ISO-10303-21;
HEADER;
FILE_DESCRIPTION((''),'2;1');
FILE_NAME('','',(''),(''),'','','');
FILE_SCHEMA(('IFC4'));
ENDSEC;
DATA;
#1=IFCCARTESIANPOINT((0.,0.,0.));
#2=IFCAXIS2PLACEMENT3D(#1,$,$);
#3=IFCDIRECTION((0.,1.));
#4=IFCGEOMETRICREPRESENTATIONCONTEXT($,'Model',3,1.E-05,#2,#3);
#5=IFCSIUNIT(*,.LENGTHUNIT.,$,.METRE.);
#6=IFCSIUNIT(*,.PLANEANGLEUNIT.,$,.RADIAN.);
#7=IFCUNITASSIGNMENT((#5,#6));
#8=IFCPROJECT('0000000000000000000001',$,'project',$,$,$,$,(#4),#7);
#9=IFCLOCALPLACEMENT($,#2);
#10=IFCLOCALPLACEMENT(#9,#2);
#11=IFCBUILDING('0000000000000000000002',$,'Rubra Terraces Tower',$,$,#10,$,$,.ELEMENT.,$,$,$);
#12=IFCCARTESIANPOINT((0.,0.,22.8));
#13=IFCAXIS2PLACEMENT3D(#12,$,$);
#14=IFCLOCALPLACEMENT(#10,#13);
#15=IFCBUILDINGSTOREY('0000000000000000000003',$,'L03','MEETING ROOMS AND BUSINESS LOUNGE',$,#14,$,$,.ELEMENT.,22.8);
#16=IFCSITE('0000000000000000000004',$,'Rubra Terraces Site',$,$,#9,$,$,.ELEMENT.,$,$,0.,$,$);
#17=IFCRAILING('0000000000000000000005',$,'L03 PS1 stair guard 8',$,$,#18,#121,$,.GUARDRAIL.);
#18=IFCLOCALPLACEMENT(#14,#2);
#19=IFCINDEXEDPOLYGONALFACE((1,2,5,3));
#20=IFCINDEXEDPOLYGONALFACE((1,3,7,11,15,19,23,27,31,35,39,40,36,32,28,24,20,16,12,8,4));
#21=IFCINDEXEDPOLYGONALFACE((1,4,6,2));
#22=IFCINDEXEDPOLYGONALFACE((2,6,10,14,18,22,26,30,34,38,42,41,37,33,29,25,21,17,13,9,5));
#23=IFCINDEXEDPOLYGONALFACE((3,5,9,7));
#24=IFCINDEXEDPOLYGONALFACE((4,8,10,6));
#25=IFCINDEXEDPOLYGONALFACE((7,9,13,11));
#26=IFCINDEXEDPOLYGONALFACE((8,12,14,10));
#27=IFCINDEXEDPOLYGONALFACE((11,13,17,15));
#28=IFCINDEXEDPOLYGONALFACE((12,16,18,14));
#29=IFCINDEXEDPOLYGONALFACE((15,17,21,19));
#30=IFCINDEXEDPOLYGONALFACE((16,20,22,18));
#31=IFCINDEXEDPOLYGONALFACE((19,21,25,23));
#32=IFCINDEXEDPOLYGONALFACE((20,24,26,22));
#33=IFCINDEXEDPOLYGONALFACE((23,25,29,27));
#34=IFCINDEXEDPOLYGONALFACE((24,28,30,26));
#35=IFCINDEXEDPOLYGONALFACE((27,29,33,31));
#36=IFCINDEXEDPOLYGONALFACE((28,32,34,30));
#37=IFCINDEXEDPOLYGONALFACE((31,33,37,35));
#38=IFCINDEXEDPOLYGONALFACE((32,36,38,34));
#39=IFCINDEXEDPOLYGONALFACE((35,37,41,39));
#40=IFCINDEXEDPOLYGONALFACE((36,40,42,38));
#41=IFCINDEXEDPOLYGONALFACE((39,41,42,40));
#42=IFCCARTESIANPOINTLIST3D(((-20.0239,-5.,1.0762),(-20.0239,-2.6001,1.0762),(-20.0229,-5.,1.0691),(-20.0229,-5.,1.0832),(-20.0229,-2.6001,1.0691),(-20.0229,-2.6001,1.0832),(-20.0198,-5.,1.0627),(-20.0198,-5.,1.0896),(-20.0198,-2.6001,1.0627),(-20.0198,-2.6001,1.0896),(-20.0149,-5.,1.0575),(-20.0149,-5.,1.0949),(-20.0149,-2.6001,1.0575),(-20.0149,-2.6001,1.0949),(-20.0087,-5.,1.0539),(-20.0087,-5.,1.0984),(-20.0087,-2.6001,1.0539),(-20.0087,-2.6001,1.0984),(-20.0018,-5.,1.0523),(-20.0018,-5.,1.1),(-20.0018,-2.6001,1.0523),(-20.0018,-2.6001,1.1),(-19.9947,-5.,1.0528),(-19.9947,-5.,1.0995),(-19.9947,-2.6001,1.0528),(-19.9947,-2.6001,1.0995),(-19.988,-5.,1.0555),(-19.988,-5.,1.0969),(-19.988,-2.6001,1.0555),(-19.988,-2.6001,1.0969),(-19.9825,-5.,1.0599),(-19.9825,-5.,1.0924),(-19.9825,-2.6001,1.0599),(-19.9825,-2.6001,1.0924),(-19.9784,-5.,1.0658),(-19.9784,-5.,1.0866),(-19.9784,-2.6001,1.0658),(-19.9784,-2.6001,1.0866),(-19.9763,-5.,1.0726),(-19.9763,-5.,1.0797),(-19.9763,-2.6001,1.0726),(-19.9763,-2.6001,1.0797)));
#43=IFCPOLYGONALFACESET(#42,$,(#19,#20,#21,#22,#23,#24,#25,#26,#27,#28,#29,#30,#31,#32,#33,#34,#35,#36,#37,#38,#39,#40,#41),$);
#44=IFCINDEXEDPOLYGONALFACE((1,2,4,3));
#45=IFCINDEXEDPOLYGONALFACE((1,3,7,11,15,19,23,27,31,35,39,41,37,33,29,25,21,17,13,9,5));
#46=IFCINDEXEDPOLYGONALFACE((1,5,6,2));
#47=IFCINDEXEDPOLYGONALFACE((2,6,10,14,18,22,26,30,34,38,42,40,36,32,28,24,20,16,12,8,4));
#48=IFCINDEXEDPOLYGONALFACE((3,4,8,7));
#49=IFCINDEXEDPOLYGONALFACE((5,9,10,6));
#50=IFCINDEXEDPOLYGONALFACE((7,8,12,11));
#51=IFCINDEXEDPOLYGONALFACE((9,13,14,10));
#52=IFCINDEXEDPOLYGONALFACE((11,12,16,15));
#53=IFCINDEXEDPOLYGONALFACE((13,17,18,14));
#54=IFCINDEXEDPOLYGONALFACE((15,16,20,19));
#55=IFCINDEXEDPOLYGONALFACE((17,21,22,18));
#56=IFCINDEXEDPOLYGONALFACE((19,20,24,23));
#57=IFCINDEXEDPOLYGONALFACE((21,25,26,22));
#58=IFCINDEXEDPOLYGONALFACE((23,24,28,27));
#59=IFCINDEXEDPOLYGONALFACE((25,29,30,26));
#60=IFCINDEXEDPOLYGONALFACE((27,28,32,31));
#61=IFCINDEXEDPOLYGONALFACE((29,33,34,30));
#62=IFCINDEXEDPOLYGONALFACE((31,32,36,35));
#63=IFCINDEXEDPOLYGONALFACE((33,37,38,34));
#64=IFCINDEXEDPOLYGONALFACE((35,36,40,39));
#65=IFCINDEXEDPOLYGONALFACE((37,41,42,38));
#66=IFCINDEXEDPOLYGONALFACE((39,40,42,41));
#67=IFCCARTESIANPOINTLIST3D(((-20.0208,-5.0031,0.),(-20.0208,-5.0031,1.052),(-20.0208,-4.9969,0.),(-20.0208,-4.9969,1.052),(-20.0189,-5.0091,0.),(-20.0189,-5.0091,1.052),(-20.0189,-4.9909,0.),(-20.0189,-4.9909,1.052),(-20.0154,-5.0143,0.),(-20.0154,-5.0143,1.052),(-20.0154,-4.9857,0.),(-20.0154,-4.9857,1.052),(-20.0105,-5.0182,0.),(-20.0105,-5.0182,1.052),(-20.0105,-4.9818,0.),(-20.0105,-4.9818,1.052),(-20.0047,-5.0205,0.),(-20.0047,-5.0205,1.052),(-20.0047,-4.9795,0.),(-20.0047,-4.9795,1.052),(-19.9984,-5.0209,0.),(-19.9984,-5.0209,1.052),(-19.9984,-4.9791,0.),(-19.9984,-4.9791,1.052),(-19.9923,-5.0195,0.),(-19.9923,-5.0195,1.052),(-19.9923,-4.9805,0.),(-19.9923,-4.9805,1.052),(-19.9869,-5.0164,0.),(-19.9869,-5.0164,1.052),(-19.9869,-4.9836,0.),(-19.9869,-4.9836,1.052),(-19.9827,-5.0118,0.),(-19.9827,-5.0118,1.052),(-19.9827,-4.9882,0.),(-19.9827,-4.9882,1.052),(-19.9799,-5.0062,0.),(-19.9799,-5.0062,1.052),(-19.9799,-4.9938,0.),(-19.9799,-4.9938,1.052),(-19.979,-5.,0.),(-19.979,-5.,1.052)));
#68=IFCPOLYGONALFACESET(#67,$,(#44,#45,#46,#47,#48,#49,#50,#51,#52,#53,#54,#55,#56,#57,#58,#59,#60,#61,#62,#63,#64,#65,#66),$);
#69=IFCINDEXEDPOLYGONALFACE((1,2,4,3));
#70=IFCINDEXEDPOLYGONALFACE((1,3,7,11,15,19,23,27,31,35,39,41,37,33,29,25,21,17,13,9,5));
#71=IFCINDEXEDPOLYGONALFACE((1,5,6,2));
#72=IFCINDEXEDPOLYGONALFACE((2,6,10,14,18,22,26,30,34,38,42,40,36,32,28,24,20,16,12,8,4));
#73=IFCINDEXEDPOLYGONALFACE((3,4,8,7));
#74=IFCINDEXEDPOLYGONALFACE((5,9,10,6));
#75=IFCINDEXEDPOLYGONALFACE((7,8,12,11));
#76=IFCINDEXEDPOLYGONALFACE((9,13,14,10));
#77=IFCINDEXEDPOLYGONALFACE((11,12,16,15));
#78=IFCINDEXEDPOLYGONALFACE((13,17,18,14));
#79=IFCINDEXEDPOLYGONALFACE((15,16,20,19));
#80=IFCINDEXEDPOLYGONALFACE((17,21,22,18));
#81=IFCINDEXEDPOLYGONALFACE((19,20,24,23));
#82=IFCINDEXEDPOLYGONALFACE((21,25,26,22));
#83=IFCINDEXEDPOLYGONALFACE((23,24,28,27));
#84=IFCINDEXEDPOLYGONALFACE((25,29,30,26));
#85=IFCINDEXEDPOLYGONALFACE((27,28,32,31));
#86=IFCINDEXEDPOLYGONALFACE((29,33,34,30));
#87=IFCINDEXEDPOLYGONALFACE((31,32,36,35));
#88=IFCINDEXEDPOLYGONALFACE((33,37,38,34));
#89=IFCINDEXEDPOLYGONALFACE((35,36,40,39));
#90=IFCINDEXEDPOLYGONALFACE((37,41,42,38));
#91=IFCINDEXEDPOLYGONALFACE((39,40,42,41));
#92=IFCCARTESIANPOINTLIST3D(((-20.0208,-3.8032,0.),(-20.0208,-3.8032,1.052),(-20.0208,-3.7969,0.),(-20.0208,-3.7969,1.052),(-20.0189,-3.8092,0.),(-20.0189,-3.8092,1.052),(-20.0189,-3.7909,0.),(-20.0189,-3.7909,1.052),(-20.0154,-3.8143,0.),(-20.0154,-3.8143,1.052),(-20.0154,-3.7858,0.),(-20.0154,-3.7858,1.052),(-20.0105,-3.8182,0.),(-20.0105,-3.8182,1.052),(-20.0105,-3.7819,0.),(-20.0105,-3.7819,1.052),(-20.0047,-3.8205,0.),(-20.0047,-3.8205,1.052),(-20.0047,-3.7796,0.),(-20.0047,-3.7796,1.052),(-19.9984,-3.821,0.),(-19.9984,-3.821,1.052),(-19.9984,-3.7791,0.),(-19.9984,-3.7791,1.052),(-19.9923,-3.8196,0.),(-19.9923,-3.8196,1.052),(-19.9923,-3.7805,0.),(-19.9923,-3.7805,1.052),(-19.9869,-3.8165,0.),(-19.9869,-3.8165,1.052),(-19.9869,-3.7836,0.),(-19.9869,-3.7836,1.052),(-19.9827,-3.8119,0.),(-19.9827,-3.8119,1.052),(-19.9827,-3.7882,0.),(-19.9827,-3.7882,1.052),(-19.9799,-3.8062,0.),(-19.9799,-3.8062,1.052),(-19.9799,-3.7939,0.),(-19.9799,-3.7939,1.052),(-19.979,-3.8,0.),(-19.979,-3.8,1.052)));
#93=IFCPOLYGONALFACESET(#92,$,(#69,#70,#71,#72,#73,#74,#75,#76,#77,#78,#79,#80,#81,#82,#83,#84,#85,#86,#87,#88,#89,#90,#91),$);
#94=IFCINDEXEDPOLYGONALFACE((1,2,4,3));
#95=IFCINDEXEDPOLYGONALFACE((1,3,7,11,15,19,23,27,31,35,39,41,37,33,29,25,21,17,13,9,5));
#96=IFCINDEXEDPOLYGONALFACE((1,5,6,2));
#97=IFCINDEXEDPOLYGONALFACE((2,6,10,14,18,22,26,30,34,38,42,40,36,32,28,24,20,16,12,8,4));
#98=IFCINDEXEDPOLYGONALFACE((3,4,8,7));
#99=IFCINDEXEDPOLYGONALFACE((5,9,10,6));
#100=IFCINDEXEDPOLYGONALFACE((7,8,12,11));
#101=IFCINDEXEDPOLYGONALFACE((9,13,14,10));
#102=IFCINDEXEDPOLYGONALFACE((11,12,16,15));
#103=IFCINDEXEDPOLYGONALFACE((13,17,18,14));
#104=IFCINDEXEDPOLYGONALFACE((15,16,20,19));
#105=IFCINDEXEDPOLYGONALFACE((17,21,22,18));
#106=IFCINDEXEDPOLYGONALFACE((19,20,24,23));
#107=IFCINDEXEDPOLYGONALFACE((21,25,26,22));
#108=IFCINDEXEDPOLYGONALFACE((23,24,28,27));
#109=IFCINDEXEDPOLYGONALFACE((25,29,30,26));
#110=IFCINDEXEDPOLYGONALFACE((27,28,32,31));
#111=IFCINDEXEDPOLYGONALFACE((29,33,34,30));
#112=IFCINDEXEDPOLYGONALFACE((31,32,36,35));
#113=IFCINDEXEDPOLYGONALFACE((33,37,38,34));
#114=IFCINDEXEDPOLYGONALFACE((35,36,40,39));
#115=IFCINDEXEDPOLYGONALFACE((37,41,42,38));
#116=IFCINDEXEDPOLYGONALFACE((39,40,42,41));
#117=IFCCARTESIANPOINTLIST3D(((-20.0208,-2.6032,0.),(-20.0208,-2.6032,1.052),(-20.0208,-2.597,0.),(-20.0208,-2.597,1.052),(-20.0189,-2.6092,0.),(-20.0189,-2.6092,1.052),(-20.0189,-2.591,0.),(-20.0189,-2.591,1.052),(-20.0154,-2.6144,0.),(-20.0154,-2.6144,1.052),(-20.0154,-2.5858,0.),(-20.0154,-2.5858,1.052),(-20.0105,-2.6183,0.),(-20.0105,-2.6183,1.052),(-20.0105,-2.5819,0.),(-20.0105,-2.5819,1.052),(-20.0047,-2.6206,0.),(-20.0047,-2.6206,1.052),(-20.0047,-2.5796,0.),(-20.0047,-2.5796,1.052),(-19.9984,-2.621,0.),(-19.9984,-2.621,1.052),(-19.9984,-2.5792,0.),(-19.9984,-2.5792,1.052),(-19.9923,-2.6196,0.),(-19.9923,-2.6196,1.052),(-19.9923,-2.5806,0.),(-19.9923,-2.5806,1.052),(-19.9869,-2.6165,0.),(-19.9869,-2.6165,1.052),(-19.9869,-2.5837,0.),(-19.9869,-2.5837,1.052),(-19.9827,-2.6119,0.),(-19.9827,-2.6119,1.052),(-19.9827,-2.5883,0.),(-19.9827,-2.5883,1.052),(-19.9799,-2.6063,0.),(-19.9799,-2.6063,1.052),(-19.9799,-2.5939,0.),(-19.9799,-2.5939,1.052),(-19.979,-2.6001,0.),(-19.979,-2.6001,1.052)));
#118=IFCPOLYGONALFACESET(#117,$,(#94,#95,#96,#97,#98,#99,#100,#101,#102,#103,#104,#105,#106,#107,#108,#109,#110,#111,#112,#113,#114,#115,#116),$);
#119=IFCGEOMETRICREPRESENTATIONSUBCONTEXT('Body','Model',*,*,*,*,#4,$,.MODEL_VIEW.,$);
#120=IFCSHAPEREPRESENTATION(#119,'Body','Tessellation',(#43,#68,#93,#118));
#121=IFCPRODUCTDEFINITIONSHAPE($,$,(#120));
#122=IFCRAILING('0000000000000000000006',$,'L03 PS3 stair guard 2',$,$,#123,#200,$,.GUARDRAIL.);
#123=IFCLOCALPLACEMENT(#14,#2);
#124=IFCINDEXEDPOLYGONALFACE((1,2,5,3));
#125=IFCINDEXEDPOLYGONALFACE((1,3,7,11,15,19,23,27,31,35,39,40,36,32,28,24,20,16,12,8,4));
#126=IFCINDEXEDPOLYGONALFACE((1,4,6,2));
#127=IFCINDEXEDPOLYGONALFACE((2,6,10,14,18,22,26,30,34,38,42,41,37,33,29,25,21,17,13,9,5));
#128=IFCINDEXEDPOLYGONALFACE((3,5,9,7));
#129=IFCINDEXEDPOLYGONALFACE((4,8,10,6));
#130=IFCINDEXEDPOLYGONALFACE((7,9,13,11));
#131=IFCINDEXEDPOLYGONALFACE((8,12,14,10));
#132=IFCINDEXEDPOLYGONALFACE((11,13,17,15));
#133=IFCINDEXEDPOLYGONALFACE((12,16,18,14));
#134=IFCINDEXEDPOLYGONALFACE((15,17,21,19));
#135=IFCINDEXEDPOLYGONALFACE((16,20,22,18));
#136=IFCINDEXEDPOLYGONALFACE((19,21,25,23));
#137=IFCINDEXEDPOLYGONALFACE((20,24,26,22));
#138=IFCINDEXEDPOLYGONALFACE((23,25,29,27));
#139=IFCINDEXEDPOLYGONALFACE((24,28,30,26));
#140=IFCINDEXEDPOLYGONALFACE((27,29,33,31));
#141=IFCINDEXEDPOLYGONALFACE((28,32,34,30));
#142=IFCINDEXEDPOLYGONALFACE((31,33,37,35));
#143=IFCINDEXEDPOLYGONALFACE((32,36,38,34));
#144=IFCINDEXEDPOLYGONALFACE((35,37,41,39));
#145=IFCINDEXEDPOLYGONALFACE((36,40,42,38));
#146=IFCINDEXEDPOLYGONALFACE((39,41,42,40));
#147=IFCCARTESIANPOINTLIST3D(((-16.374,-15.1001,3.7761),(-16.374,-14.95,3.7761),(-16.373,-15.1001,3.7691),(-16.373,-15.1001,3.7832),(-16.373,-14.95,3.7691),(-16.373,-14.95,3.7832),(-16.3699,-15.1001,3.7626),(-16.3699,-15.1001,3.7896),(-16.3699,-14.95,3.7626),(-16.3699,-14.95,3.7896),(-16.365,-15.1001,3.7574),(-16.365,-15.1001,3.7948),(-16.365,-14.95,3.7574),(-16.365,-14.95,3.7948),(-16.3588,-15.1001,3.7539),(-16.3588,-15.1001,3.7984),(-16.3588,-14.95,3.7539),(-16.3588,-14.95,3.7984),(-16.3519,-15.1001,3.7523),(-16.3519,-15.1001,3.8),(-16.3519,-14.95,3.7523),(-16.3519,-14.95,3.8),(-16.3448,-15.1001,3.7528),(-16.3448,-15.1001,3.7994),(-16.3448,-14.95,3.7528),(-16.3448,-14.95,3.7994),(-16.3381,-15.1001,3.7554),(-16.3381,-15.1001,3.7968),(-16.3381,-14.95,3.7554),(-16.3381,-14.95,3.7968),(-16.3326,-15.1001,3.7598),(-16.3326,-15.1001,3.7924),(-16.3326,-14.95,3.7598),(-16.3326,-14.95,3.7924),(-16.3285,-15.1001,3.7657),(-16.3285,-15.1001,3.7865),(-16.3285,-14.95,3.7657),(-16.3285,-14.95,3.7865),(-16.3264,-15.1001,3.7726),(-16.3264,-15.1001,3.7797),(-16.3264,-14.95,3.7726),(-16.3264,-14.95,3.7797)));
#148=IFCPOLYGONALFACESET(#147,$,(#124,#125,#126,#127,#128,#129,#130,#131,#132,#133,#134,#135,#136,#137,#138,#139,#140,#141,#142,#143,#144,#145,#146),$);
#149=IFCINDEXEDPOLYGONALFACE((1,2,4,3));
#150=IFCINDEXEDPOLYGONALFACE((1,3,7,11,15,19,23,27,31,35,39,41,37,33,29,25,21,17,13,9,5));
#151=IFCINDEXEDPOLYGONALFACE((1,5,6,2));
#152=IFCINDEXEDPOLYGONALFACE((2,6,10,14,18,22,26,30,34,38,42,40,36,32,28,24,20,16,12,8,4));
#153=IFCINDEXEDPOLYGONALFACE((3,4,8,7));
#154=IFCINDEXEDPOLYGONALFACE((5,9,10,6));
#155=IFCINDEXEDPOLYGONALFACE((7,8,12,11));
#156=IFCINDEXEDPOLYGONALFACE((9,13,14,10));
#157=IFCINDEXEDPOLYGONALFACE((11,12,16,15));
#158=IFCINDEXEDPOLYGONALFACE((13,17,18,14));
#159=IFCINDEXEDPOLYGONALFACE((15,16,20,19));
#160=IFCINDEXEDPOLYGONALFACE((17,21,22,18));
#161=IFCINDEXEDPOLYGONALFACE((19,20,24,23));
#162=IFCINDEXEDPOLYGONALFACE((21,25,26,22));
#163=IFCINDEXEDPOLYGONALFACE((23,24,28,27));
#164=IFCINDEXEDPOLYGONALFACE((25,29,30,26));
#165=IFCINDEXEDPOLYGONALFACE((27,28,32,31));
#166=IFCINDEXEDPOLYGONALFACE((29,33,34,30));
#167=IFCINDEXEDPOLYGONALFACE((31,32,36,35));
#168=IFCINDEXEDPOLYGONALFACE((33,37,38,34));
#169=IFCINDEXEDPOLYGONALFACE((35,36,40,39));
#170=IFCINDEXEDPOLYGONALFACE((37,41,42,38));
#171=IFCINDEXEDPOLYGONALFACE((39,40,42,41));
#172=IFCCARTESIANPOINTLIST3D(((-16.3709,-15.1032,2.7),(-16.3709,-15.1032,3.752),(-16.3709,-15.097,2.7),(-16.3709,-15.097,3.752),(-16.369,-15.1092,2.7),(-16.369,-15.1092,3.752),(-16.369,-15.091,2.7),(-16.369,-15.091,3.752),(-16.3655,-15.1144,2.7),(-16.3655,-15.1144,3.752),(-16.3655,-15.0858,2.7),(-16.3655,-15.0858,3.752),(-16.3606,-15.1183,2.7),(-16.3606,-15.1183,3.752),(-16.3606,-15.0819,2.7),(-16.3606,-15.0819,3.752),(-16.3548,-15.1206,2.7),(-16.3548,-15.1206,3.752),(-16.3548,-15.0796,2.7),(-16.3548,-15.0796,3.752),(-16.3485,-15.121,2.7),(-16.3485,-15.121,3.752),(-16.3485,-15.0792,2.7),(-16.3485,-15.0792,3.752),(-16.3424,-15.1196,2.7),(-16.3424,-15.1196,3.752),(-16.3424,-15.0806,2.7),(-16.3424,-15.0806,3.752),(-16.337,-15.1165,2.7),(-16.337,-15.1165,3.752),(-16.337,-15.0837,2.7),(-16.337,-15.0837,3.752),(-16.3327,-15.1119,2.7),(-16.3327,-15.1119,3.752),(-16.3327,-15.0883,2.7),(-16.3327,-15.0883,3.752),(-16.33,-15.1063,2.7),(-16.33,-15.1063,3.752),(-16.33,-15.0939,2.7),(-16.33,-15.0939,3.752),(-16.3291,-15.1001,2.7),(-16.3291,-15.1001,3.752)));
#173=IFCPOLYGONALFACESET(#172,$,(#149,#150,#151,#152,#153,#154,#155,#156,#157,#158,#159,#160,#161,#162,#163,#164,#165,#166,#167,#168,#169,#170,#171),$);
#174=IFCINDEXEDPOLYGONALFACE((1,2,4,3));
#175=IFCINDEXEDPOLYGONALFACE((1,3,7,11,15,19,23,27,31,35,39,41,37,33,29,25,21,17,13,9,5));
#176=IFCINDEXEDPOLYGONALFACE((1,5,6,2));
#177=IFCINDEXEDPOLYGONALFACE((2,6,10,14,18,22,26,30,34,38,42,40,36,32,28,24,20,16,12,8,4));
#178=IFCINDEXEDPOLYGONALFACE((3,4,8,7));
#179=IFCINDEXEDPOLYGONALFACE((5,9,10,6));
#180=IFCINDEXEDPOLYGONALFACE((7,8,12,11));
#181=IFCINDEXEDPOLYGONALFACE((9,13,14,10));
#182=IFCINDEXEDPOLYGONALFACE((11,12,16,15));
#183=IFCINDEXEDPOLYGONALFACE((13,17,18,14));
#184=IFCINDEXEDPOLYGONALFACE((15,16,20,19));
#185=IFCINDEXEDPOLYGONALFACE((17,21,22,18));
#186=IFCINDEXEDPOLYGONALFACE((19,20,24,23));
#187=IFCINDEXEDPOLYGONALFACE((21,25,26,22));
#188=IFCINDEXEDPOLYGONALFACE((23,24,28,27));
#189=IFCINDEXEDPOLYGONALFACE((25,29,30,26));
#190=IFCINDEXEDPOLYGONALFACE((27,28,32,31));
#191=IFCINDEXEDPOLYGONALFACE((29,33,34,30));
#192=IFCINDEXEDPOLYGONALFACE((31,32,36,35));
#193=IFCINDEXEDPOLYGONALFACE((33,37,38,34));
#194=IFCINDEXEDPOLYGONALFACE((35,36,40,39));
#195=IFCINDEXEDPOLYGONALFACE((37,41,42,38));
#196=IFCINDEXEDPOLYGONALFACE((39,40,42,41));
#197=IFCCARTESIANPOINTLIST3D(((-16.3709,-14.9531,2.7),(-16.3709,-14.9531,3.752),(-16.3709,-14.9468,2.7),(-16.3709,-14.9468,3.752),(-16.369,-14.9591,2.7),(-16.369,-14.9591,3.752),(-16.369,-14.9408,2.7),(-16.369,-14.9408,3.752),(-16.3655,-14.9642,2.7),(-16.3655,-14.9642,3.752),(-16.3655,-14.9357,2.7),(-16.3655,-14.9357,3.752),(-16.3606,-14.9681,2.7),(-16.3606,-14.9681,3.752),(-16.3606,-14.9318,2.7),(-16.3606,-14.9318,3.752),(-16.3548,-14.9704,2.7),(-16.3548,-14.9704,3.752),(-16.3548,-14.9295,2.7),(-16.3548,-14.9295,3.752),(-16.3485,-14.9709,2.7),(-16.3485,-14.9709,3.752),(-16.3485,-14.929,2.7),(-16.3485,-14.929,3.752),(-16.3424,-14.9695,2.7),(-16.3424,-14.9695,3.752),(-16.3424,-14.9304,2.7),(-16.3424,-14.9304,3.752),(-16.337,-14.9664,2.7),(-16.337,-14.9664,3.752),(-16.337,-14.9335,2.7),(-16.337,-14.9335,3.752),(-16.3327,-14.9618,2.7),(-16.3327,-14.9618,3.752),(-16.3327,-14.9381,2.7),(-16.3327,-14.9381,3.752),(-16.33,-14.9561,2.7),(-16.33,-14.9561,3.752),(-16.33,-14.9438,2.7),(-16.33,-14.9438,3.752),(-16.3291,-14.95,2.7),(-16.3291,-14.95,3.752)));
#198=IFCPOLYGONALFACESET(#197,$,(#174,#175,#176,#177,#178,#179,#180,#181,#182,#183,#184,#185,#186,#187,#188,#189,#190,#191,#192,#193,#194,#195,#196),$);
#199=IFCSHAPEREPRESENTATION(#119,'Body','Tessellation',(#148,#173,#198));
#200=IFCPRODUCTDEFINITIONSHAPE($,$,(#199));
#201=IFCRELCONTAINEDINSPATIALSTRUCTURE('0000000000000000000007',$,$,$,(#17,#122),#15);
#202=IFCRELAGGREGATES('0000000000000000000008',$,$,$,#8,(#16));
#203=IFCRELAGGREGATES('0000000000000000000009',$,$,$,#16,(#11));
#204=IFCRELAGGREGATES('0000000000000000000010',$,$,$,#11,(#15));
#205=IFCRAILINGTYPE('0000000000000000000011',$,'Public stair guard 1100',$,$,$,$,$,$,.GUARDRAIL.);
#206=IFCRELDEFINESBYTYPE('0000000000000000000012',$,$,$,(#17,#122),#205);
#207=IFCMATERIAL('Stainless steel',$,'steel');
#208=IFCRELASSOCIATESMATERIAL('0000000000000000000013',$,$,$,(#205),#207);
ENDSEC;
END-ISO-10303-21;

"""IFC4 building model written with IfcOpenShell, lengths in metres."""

from ifc_helpers import new_model, si_unit, direction, frame, origin, origin_2d, place, context, subcontext, project, spatial, circle, extrude, material, type_object, element, save


model = new_model("IFC4")

# Units and contexts
model_context = context("Model", 3, precision=1e-05, world=origin(), true_north=direction((0.0, 1.0)))
body_context = subcontext(model_context, "Body", "Model", "MODEL_VIEW")
ifc_project = project(units=[si_unit("LENGTHUNIT", "METRE"), si_unit("PLANEANGLEUNIT", "RADIAN")], contexts=[model_context])

# Site, building, storey
site_placement = place(None, origin())
site = spatial("IfcSite", under=ifc_project, at=site_placement, Name="Rubra Terraces Site", CompositionType="ELEMENT", RefElevation=0.0)
building_placement = place(site_placement, origin())
building = spatial("IfcBuilding", under=site, at=building_placement, Name="Rubra Terraces Tower", CompositionType="ELEMENT")
storey_placement = place(building_placement, frame((0.0, 0.0, 22.8)))
storey = spatial("IfcBuildingStorey", under=building, at=storey_placement, Name="L03", Description="MEETING ROOMS AND BUSINESS LOUNGE", CompositionType="ELEMENT", Elevation=22.8)

# Railings
ifc_material_1 = material(Name="Stainless steel", Category="steel")
railing_type_1 = type_object("IfcRailingType", Name="Public stair guard 1100", PredefinedType="GUARDRAIL", material=ifc_material_1)
railing_1_placement = place(storey_placement, frame((-20.0, -5.0, 0.0)))
element("IfcRailing", 1, at=railing_1_placement, inside=storey, type_object=railing_type_1, Name="L03 PS1 stair guard 8", PredefinedType="GUARDRAIL", context=body_context, shape_type="SweptSolid", body=[
    extrude(circle(Radius=0.0239, at=origin_2d()), frame((0.0, 0.0, 1.0762), z_axis=(0.0, 1.0, 0.0), x_axis=(-1.0, 0.0, 0.0)), (0.0, 0.0, 1.0), 2.3999),
    extrude(circle(Radius=0.021, at=origin_2d()), origin(), (0.0, 0.0, 1.0), 1.052),
    extrude(circle(Radius=0.021, at=origin_2d()), frame((0.0, 1.2, 0.0)), (0.0, 0.0, 1.0), 1.052),
    extrude(circle(Radius=0.021, at=origin_2d()), frame((0.0, 2.3999, 0.0)), (0.0, 0.0, 1.0), 1.052),
])
railing_2_placement = place(storey_placement, frame((-16.3501, -15.1001, 2.7)))
element("IfcRailing", 2, at=railing_2_placement, inside=storey, type_object=railing_type_1, Name="L03 PS3 stair guard 2", PredefinedType="GUARDRAIL", context=body_context, shape_type="SweptSolid", body=[
    extrude(circle(Radius=0.0239, at=origin_2d()), frame((0.0, 0.0, 1.0762), z_axis=(0.0, 1.0, 0.0), x_axis=(-1.0, 0.0, 0.0)), (0.0, 0.0, 1.0), 0.1501),
    extrude(circle(Radius=0.021, at=origin_2d()), origin(), (0.0, 0.0, 1.0), 1.052),
    extrude(circle(Radius=0.021, at=origin_2d()), frame((0.0, 0.1501, 0.0)), (0.0, 0.0, 1.0), 1.052),
])

save(model, "model.ifc")
